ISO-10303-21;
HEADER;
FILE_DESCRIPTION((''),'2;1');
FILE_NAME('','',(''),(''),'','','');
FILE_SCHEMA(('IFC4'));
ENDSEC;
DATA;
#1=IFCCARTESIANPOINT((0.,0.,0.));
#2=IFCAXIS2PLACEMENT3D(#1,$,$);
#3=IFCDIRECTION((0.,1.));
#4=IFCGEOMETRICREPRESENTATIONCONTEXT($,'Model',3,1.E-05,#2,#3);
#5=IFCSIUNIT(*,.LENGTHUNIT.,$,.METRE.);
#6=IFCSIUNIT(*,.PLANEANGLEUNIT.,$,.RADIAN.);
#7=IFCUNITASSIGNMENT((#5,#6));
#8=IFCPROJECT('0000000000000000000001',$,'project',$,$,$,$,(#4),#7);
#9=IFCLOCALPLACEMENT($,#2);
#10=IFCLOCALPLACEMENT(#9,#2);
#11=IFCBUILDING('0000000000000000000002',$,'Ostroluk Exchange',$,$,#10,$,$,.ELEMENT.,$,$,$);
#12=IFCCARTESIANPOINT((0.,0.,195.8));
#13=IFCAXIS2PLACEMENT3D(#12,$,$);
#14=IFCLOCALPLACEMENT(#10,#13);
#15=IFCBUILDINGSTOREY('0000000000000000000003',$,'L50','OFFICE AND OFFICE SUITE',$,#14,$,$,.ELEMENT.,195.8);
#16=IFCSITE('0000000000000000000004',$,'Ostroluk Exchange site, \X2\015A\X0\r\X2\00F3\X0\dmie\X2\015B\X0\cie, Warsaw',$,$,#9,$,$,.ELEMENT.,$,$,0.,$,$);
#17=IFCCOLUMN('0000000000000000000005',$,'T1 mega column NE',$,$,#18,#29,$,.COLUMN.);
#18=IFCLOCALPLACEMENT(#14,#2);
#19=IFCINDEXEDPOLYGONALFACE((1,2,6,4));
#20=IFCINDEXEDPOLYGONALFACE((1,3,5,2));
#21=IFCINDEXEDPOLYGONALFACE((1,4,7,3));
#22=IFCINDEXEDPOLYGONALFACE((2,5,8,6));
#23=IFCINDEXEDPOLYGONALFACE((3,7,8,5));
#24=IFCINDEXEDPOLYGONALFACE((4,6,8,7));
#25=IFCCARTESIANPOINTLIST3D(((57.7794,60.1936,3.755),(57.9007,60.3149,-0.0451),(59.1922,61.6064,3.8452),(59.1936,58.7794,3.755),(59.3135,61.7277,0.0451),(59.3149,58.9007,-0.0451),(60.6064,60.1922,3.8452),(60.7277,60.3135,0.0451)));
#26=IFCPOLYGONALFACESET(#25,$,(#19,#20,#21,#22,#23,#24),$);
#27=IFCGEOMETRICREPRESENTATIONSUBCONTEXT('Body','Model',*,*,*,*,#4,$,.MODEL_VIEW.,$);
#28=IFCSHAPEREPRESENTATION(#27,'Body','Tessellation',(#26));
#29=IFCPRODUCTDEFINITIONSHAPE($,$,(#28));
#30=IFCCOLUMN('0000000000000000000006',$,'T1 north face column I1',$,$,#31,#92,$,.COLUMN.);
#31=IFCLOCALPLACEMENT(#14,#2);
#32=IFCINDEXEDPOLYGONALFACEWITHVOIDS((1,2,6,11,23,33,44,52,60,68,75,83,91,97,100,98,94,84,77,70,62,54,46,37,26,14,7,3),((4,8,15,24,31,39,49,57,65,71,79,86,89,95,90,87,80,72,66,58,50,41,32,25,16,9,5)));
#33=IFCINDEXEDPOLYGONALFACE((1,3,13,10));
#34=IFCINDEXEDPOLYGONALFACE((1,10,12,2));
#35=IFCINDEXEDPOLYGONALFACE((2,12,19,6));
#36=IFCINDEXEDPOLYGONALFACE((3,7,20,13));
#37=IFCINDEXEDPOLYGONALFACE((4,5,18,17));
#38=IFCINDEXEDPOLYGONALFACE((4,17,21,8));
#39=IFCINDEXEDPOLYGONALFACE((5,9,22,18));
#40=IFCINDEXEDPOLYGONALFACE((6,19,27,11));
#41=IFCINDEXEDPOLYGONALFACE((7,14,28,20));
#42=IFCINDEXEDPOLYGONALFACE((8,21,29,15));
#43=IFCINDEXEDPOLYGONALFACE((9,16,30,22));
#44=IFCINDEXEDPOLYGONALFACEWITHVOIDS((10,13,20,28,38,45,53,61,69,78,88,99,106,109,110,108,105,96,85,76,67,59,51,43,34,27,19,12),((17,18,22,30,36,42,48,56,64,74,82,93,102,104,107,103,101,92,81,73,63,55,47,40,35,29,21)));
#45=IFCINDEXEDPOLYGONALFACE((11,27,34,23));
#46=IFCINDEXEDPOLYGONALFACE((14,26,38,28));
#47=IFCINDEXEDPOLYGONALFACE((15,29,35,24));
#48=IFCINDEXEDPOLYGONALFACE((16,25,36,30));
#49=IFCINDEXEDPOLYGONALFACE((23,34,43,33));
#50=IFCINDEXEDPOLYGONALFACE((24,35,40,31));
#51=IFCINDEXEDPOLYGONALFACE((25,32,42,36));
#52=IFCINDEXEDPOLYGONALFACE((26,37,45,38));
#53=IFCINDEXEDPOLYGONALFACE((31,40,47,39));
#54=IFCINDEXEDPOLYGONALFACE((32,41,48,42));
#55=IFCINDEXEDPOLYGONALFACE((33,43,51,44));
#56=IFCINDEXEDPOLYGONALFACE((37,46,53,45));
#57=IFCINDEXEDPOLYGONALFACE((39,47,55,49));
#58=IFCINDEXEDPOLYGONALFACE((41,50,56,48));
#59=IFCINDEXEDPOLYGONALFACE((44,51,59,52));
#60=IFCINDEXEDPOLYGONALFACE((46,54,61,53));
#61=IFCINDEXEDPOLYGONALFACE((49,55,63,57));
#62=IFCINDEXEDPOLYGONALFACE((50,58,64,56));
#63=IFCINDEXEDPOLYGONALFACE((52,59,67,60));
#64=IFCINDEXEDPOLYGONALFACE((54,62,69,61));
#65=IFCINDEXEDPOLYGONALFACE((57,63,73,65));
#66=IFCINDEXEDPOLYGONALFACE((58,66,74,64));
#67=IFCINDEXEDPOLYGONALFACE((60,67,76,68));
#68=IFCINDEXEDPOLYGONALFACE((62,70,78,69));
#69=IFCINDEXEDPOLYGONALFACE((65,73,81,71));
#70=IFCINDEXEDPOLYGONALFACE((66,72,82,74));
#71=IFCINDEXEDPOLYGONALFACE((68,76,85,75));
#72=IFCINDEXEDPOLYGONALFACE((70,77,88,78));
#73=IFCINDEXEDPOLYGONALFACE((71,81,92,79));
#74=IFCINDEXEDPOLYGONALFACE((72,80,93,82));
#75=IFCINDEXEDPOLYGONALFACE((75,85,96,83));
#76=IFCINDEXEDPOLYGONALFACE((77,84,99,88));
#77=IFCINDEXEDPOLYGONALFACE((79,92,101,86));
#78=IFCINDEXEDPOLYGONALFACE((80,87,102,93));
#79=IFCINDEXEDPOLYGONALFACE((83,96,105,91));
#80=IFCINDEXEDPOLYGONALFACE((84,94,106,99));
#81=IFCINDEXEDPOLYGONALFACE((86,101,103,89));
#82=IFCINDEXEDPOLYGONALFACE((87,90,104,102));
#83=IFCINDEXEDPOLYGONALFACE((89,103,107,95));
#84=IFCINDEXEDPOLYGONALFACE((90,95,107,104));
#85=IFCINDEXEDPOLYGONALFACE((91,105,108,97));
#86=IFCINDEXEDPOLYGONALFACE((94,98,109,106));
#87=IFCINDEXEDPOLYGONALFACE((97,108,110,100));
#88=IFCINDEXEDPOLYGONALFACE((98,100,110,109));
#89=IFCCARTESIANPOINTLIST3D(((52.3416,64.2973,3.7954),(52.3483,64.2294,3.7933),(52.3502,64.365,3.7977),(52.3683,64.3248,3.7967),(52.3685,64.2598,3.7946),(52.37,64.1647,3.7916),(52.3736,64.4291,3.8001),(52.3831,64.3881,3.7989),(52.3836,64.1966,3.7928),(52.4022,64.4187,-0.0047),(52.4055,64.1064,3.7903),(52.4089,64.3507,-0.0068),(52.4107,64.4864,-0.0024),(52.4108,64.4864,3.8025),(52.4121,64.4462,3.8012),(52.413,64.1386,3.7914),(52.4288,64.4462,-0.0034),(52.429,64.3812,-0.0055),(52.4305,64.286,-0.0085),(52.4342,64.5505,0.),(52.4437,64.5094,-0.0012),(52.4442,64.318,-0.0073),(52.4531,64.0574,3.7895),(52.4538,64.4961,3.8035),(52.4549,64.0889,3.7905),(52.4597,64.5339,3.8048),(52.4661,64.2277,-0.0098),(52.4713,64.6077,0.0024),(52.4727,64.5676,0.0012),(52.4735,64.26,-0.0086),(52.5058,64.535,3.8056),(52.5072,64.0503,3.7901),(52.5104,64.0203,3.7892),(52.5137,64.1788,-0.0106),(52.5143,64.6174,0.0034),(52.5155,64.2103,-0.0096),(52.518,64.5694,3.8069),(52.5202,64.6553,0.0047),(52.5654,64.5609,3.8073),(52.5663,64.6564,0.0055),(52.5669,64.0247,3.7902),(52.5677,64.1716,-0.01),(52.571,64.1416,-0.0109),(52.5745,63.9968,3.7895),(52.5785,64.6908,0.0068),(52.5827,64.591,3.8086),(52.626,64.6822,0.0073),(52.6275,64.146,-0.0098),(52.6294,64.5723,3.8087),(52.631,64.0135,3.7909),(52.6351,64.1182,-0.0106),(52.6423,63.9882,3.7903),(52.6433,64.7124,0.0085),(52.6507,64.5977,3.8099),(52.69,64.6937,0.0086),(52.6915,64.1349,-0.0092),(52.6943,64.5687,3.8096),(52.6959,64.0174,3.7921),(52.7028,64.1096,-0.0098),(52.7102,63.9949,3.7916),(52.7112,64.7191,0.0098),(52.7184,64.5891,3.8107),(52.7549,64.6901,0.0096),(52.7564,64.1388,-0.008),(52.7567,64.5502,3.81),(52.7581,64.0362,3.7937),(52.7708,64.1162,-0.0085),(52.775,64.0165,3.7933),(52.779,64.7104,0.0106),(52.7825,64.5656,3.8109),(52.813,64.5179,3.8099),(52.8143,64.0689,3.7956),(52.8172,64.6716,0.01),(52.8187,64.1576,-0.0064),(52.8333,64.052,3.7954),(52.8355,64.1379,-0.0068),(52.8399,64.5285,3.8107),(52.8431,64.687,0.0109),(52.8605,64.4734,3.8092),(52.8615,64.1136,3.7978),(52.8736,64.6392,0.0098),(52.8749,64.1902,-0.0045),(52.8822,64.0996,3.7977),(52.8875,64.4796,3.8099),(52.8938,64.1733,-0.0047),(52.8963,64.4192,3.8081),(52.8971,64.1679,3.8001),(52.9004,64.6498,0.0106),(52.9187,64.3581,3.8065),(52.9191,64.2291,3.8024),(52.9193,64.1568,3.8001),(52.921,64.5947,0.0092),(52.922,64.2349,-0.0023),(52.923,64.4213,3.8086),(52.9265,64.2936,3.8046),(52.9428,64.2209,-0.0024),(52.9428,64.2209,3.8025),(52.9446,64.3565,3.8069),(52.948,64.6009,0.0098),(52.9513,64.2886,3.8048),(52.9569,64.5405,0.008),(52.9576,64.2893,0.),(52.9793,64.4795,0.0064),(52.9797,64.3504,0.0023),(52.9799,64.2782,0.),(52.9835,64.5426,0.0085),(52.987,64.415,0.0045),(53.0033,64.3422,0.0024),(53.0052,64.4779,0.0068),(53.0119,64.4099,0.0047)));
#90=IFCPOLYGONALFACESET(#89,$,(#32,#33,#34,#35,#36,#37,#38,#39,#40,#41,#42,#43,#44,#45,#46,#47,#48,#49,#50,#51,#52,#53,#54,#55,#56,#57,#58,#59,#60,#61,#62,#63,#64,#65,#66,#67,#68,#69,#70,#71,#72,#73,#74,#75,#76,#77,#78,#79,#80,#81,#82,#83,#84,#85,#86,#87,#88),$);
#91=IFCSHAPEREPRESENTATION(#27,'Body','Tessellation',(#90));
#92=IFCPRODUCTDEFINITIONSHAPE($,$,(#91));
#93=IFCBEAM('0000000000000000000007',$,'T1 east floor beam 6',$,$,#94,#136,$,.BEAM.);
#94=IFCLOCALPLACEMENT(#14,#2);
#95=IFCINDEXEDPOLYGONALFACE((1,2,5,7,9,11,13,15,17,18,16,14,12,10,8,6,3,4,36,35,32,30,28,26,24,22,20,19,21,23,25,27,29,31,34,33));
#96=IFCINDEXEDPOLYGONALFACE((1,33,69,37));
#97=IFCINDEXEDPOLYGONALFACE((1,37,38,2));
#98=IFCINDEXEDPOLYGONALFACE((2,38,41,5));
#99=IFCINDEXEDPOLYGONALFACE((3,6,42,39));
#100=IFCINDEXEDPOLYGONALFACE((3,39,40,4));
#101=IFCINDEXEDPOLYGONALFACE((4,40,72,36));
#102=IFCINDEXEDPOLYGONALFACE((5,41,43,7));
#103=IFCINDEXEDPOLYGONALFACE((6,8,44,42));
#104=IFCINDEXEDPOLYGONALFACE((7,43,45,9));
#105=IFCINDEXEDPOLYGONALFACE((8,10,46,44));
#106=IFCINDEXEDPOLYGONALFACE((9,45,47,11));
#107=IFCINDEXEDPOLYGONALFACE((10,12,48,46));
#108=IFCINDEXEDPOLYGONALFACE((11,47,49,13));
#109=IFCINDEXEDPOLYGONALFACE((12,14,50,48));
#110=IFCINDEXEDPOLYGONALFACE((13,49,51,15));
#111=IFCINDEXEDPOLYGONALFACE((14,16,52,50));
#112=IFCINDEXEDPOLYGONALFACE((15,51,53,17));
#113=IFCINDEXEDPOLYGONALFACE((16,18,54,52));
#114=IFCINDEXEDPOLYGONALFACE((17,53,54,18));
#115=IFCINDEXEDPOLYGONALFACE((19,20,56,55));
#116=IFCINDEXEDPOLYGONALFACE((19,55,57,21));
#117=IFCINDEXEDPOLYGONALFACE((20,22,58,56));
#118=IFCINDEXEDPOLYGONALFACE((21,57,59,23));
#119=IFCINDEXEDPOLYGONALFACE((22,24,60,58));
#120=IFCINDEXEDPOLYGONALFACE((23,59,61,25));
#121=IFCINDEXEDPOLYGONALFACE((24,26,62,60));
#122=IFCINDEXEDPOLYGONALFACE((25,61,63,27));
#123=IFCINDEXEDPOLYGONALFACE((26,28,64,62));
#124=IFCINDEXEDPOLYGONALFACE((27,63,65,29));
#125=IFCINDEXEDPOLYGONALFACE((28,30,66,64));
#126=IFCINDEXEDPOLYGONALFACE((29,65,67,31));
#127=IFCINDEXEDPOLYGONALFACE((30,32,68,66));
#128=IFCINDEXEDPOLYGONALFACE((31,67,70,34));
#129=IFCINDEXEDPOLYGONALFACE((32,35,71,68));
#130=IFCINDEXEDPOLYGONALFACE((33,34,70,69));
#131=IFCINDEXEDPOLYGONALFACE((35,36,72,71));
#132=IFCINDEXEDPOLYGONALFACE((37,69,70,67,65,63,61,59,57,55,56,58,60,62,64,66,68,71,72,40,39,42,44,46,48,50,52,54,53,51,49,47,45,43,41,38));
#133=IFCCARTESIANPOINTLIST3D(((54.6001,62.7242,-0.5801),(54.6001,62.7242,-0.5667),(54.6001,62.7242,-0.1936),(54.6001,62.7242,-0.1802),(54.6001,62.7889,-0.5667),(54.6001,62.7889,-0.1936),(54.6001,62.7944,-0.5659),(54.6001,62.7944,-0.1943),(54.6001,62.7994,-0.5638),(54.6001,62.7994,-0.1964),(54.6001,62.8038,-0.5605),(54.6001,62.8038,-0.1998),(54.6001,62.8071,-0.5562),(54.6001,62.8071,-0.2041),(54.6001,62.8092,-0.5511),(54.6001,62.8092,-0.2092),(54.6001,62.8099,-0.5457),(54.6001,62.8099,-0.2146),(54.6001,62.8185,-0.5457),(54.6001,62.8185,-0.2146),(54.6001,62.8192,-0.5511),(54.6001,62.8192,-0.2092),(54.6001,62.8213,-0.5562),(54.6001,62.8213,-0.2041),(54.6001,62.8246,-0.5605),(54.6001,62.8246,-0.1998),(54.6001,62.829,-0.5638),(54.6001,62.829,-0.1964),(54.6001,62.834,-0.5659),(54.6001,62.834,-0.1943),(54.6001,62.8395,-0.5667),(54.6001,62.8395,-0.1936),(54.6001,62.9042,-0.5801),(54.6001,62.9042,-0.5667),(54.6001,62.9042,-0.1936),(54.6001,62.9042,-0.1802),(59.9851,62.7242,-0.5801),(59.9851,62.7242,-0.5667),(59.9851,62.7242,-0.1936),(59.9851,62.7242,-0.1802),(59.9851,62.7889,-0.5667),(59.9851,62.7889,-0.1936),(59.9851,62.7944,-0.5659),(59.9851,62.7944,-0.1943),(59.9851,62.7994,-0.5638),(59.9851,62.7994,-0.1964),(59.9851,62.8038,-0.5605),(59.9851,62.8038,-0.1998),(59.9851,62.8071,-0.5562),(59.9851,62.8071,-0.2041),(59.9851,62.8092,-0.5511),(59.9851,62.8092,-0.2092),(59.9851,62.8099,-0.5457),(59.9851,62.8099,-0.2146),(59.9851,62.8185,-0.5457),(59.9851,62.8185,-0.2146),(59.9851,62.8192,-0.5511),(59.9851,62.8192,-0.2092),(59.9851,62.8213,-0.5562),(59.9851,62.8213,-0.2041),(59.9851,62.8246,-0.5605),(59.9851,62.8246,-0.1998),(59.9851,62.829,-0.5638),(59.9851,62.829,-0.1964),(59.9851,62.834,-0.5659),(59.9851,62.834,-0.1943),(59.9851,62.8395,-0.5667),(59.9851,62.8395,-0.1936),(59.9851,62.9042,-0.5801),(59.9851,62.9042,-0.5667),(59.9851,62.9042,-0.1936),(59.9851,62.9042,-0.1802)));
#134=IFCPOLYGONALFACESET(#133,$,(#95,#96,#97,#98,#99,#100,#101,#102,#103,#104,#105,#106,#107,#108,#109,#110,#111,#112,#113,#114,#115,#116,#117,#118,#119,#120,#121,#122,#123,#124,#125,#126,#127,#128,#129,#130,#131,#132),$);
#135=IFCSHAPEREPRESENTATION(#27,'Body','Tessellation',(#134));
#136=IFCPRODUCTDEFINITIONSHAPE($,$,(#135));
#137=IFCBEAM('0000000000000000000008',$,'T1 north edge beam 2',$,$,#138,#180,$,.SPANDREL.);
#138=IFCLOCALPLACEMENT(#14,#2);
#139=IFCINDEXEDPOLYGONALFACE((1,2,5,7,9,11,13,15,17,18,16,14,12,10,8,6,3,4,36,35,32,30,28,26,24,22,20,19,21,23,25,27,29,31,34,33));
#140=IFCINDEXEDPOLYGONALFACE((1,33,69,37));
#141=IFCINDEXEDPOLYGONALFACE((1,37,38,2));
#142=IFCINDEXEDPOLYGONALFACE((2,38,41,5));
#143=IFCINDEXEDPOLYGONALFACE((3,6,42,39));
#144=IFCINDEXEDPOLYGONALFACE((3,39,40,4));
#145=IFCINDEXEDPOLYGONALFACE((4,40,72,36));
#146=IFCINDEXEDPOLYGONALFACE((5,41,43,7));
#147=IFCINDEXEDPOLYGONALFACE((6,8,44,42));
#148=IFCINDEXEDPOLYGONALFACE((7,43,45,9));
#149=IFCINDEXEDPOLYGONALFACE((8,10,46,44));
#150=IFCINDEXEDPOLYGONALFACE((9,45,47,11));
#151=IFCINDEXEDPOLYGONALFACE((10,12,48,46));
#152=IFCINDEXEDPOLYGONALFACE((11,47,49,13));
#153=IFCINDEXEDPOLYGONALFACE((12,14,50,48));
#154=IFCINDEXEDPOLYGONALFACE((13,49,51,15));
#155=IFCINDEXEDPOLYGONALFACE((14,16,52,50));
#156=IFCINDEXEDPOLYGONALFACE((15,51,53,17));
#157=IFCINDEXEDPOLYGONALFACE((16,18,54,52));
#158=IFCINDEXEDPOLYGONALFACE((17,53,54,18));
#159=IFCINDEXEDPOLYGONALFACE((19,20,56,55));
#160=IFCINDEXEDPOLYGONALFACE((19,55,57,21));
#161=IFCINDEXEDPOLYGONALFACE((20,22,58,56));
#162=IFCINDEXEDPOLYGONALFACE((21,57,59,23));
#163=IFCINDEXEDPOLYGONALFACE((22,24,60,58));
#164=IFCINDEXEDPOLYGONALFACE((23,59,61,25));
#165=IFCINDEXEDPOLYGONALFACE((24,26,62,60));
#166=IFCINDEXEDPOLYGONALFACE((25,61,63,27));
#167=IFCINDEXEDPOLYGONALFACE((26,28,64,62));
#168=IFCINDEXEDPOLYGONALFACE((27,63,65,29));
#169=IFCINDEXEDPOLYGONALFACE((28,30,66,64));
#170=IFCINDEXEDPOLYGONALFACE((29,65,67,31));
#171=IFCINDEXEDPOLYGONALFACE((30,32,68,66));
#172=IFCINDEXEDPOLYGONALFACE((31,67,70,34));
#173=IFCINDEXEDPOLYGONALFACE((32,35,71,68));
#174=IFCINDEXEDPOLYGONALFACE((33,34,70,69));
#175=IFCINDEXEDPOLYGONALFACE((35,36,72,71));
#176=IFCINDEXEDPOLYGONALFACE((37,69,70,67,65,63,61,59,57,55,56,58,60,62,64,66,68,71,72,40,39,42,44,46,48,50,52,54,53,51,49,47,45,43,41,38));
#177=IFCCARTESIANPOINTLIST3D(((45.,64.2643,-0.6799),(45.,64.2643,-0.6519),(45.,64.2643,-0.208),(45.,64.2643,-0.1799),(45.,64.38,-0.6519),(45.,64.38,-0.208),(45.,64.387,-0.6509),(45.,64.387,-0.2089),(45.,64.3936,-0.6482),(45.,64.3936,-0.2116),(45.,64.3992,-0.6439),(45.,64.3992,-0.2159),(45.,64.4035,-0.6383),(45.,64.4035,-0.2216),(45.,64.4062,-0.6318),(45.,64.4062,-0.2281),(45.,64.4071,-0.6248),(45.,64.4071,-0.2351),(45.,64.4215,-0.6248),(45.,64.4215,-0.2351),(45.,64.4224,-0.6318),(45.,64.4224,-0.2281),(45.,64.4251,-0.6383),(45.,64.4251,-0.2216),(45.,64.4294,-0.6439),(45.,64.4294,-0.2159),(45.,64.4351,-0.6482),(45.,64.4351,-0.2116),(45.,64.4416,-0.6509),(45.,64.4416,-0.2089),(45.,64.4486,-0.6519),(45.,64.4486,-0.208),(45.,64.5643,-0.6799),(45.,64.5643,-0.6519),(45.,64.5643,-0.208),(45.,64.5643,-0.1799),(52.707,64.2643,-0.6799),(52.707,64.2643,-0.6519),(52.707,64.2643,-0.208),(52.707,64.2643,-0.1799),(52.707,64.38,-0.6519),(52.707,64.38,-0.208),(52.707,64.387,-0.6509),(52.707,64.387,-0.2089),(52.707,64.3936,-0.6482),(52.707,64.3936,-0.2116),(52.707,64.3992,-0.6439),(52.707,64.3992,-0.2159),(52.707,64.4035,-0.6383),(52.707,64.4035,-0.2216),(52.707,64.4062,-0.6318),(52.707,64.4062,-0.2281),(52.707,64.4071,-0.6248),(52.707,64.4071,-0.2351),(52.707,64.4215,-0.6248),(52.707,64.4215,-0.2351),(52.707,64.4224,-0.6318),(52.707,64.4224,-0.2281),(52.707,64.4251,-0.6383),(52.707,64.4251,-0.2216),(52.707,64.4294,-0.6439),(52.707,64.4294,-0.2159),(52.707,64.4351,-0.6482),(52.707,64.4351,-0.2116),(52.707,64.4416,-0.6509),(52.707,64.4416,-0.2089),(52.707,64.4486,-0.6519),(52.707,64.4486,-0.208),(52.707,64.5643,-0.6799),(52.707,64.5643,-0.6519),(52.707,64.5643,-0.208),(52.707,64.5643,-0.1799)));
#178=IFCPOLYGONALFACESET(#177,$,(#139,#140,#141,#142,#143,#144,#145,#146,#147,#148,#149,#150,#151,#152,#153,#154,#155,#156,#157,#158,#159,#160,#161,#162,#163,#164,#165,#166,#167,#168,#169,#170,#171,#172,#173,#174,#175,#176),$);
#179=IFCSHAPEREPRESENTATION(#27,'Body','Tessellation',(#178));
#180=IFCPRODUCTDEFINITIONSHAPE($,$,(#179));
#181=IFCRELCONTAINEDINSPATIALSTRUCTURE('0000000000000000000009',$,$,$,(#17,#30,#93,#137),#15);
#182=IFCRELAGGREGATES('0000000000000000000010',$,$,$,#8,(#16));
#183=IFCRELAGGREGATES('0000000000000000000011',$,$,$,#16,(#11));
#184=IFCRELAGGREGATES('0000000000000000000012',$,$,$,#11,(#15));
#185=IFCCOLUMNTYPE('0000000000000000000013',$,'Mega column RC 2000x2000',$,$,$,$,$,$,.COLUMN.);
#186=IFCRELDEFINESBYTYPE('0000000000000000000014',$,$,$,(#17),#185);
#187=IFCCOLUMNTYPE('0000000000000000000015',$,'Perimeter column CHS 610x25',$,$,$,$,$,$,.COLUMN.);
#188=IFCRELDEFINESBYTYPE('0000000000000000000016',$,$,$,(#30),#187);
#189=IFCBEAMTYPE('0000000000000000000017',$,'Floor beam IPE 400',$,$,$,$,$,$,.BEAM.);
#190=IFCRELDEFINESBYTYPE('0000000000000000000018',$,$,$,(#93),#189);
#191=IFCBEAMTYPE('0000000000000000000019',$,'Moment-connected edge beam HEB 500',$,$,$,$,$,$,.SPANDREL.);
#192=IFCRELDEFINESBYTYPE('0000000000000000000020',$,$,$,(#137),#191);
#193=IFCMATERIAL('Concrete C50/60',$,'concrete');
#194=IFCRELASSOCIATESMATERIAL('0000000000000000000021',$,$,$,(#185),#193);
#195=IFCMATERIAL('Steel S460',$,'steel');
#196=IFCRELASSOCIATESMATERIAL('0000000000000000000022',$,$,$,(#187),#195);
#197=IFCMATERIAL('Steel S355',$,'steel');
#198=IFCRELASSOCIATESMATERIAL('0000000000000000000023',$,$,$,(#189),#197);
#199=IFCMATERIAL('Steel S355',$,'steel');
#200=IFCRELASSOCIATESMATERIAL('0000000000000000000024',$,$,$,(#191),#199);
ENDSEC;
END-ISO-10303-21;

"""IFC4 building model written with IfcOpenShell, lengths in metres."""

from ifc_helpers import new_model, si_unit, direction, frame, origin, origin_2d, place, context, subcontext, project, spatial, rectangle, hollow_circle, i_section, extrude, material, material_profile, profile_set, type_object, element, save


model = new_model("IFC4")

# Units and contexts
model_context = context("Model", 3, precision=1e-05, world=origin(), true_north=direction((0.0, 1.0)))
body_context = subcontext(model_context, "Body", "Model", "MODEL_VIEW")
ifc_project = project(units=[si_unit("LENGTHUNIT", "METRE"), si_unit("PLANEANGLEUNIT", "RADIAN")], contexts=[model_context])

# Site, building, storey
site_placement = place(None, origin())
site = spatial("IfcSite", under=ifc_project, at=site_placement, Name="Ostroluk Exchange site, Śródmieście, Warsaw", CompositionType="ELEMENT", RefElevation=0.0)
building_placement = place(site_placement, origin())
building = spatial("IfcBuilding", under=site, at=building_placement, Name="Ostroluk Exchange", CompositionType="ELEMENT")
storey_placement = place(building_placement, frame((0.0, 0.0, 195.8)))
storey = spatial("IfcBuildingStorey", under=building, at=storey_placement, Name="L50", Description="OFFICE AND OFFICE SUITE", CompositionType="ELEMENT", Elevation=195.8)

# Columns
ifc_material_1 = material(Name="Concrete C50/60", Category="concrete")
ifc_material_profile_1 = material_profile(ifc_material_1, rectangle(XDim=2.0, YDim=2.0, at=origin_2d()), Name="RC 2000x2000")
ifc_profile_set_1 = profile_set([ifc_material_profile_1], Name="Concrete C50/60")
column_type_1 = type_object("IfcColumnType", Name="Mega column RC 2000x2000", PredefinedType="COLUMN", material=ifc_profile_set_1)
column_1_placement = place(storey_placement, frame((59.3142, 60.3142, 0.0), z_axis=(-0.031898, -0.031898, 0.998982), x_axis=(0.707107, -0.707107, 0.0)))
element("IfcColumn", 1, at=column_1_placement, inside=storey, type_object=column_type_1, Name="T1 mega column NE", PredefinedType="COLUMN", context=body_context, shape_type="SweptSolid", body=[
    extrude(rectangle(XDim=2.0, YDim=2.0, at=origin_2d()), origin(), (0.0, 0.0, 1.0), 3.804),
])
ifc_material_2 = material(Name="Steel S460", Category="steel")
ifc_material_profile_2 = material_profile(ifc_material_2, hollow_circle(Radius=0.3049, WallThickness=0.0249, at=origin_2d()), Name="CHS 610x25")
ifc_profile_set_2 = profile_set([ifc_material_profile_2], Name="Steel S460")
column_type_2 = type_object("IfcColumnType", Name="Perimeter column CHS 610x25", PredefinedType="COLUMN", material=ifc_profile_set_2)
column_2_placement = place(storey_placement, frame((52.707, 64.4143, 0.0), z_axis=(-0.015923, -0.03191, 0.999364), x_axis=(0.894787, -0.446493, 0.0)))
element("IfcColumn", 2, at=column_2_placement, inside=storey, type_object=column_type_2, Name="T1 north face column I1", PredefinedType="COLUMN", context=body_context, shape_type="SweptSolid", body=[
    extrude(hollow_circle(Radius=0.3049, WallThickness=0.0249, at=origin_2d()), origin(), (0.0, 0.0, 1.0), 3.8025),
])

# Beams
ifc_material_3 = material(Name="Steel S355", Category="steel")
ifc_material_profile_3 = material_profile(ifc_material_3, i_section(OverallWidth=0.1799, OverallDepth=0.3999, WebThickness=0.0085, FlangeThickness=0.0134, FilletRadius=0.021, at=origin_2d()), Name="IPE 400")
ifc_profile_set_3 = profile_set([ifc_material_profile_3], Name="Steel S355")
beam_type_1 = type_object("IfcBeamType", Name="Floor beam IPE 400", PredefinedType="BEAM", material=ifc_profile_set_3)
beam_1_placement = place(storey_placement, frame((54.6001, 62.8142, -0.3801), z_axis=(1.0, 0.0, 0.0), x_axis=(0.0, 1.0, 0.0)))
element("IfcBeam", 3, at=beam_1_placement, inside=storey, type_object=beam_type_1, Name="T1 east floor beam 6", PredefinedType="BEAM", context=body_context, shape_type="SweptSolid", body=[
    extrude(i_section(OverallWidth=0.1799, OverallDepth=0.3999, WebThickness=0.0085, FlangeThickness=0.0134, FilletRadius=0.021, at=origin_2d()), origin(), (0.0, 0.0, 1.0), 5.385),
])
ifc_material_4 = material(Name="Steel S355", Category="steel")
ifc_material_profile_4 = material_profile(ifc_material_4, i_section(OverallWidth=0.3, OverallDepth=0.5, WebThickness=0.0144, FlangeThickness=0.0281, FilletRadius=0.0271, at=origin_2d()), Name="HEB 500")
ifc_profile_set_4 = profile_set([ifc_material_profile_4], Name="Steel S355")
beam_type_2 = type_object("IfcBeamType", Name="Moment-connected edge beam HEB 500", PredefinedType="SPANDREL", material=ifc_profile_set_4)
beam_2_placement = place(storey_placement, frame((52.707, 64.4143, -0.4299), z_axis=(-1.0, 0.0, 0.0), x_axis=(0.0, -1.0, 0.0)))
element("IfcBeam", 4, at=beam_2_placement, inside=storey, type_object=beam_type_2, Name="T1 north edge beam 2", PredefinedType="SPANDREL", context=body_context, shape_type="SweptSolid", body=[
    extrude(i_section(OverallWidth=0.3, OverallDepth=0.5, WebThickness=0.0144, FlangeThickness=0.0281, FilletRadius=0.0271, at=origin_2d()), origin(), (0.0, 0.0, 1.0), 7.707),
])

save(model, "model.ifc")
